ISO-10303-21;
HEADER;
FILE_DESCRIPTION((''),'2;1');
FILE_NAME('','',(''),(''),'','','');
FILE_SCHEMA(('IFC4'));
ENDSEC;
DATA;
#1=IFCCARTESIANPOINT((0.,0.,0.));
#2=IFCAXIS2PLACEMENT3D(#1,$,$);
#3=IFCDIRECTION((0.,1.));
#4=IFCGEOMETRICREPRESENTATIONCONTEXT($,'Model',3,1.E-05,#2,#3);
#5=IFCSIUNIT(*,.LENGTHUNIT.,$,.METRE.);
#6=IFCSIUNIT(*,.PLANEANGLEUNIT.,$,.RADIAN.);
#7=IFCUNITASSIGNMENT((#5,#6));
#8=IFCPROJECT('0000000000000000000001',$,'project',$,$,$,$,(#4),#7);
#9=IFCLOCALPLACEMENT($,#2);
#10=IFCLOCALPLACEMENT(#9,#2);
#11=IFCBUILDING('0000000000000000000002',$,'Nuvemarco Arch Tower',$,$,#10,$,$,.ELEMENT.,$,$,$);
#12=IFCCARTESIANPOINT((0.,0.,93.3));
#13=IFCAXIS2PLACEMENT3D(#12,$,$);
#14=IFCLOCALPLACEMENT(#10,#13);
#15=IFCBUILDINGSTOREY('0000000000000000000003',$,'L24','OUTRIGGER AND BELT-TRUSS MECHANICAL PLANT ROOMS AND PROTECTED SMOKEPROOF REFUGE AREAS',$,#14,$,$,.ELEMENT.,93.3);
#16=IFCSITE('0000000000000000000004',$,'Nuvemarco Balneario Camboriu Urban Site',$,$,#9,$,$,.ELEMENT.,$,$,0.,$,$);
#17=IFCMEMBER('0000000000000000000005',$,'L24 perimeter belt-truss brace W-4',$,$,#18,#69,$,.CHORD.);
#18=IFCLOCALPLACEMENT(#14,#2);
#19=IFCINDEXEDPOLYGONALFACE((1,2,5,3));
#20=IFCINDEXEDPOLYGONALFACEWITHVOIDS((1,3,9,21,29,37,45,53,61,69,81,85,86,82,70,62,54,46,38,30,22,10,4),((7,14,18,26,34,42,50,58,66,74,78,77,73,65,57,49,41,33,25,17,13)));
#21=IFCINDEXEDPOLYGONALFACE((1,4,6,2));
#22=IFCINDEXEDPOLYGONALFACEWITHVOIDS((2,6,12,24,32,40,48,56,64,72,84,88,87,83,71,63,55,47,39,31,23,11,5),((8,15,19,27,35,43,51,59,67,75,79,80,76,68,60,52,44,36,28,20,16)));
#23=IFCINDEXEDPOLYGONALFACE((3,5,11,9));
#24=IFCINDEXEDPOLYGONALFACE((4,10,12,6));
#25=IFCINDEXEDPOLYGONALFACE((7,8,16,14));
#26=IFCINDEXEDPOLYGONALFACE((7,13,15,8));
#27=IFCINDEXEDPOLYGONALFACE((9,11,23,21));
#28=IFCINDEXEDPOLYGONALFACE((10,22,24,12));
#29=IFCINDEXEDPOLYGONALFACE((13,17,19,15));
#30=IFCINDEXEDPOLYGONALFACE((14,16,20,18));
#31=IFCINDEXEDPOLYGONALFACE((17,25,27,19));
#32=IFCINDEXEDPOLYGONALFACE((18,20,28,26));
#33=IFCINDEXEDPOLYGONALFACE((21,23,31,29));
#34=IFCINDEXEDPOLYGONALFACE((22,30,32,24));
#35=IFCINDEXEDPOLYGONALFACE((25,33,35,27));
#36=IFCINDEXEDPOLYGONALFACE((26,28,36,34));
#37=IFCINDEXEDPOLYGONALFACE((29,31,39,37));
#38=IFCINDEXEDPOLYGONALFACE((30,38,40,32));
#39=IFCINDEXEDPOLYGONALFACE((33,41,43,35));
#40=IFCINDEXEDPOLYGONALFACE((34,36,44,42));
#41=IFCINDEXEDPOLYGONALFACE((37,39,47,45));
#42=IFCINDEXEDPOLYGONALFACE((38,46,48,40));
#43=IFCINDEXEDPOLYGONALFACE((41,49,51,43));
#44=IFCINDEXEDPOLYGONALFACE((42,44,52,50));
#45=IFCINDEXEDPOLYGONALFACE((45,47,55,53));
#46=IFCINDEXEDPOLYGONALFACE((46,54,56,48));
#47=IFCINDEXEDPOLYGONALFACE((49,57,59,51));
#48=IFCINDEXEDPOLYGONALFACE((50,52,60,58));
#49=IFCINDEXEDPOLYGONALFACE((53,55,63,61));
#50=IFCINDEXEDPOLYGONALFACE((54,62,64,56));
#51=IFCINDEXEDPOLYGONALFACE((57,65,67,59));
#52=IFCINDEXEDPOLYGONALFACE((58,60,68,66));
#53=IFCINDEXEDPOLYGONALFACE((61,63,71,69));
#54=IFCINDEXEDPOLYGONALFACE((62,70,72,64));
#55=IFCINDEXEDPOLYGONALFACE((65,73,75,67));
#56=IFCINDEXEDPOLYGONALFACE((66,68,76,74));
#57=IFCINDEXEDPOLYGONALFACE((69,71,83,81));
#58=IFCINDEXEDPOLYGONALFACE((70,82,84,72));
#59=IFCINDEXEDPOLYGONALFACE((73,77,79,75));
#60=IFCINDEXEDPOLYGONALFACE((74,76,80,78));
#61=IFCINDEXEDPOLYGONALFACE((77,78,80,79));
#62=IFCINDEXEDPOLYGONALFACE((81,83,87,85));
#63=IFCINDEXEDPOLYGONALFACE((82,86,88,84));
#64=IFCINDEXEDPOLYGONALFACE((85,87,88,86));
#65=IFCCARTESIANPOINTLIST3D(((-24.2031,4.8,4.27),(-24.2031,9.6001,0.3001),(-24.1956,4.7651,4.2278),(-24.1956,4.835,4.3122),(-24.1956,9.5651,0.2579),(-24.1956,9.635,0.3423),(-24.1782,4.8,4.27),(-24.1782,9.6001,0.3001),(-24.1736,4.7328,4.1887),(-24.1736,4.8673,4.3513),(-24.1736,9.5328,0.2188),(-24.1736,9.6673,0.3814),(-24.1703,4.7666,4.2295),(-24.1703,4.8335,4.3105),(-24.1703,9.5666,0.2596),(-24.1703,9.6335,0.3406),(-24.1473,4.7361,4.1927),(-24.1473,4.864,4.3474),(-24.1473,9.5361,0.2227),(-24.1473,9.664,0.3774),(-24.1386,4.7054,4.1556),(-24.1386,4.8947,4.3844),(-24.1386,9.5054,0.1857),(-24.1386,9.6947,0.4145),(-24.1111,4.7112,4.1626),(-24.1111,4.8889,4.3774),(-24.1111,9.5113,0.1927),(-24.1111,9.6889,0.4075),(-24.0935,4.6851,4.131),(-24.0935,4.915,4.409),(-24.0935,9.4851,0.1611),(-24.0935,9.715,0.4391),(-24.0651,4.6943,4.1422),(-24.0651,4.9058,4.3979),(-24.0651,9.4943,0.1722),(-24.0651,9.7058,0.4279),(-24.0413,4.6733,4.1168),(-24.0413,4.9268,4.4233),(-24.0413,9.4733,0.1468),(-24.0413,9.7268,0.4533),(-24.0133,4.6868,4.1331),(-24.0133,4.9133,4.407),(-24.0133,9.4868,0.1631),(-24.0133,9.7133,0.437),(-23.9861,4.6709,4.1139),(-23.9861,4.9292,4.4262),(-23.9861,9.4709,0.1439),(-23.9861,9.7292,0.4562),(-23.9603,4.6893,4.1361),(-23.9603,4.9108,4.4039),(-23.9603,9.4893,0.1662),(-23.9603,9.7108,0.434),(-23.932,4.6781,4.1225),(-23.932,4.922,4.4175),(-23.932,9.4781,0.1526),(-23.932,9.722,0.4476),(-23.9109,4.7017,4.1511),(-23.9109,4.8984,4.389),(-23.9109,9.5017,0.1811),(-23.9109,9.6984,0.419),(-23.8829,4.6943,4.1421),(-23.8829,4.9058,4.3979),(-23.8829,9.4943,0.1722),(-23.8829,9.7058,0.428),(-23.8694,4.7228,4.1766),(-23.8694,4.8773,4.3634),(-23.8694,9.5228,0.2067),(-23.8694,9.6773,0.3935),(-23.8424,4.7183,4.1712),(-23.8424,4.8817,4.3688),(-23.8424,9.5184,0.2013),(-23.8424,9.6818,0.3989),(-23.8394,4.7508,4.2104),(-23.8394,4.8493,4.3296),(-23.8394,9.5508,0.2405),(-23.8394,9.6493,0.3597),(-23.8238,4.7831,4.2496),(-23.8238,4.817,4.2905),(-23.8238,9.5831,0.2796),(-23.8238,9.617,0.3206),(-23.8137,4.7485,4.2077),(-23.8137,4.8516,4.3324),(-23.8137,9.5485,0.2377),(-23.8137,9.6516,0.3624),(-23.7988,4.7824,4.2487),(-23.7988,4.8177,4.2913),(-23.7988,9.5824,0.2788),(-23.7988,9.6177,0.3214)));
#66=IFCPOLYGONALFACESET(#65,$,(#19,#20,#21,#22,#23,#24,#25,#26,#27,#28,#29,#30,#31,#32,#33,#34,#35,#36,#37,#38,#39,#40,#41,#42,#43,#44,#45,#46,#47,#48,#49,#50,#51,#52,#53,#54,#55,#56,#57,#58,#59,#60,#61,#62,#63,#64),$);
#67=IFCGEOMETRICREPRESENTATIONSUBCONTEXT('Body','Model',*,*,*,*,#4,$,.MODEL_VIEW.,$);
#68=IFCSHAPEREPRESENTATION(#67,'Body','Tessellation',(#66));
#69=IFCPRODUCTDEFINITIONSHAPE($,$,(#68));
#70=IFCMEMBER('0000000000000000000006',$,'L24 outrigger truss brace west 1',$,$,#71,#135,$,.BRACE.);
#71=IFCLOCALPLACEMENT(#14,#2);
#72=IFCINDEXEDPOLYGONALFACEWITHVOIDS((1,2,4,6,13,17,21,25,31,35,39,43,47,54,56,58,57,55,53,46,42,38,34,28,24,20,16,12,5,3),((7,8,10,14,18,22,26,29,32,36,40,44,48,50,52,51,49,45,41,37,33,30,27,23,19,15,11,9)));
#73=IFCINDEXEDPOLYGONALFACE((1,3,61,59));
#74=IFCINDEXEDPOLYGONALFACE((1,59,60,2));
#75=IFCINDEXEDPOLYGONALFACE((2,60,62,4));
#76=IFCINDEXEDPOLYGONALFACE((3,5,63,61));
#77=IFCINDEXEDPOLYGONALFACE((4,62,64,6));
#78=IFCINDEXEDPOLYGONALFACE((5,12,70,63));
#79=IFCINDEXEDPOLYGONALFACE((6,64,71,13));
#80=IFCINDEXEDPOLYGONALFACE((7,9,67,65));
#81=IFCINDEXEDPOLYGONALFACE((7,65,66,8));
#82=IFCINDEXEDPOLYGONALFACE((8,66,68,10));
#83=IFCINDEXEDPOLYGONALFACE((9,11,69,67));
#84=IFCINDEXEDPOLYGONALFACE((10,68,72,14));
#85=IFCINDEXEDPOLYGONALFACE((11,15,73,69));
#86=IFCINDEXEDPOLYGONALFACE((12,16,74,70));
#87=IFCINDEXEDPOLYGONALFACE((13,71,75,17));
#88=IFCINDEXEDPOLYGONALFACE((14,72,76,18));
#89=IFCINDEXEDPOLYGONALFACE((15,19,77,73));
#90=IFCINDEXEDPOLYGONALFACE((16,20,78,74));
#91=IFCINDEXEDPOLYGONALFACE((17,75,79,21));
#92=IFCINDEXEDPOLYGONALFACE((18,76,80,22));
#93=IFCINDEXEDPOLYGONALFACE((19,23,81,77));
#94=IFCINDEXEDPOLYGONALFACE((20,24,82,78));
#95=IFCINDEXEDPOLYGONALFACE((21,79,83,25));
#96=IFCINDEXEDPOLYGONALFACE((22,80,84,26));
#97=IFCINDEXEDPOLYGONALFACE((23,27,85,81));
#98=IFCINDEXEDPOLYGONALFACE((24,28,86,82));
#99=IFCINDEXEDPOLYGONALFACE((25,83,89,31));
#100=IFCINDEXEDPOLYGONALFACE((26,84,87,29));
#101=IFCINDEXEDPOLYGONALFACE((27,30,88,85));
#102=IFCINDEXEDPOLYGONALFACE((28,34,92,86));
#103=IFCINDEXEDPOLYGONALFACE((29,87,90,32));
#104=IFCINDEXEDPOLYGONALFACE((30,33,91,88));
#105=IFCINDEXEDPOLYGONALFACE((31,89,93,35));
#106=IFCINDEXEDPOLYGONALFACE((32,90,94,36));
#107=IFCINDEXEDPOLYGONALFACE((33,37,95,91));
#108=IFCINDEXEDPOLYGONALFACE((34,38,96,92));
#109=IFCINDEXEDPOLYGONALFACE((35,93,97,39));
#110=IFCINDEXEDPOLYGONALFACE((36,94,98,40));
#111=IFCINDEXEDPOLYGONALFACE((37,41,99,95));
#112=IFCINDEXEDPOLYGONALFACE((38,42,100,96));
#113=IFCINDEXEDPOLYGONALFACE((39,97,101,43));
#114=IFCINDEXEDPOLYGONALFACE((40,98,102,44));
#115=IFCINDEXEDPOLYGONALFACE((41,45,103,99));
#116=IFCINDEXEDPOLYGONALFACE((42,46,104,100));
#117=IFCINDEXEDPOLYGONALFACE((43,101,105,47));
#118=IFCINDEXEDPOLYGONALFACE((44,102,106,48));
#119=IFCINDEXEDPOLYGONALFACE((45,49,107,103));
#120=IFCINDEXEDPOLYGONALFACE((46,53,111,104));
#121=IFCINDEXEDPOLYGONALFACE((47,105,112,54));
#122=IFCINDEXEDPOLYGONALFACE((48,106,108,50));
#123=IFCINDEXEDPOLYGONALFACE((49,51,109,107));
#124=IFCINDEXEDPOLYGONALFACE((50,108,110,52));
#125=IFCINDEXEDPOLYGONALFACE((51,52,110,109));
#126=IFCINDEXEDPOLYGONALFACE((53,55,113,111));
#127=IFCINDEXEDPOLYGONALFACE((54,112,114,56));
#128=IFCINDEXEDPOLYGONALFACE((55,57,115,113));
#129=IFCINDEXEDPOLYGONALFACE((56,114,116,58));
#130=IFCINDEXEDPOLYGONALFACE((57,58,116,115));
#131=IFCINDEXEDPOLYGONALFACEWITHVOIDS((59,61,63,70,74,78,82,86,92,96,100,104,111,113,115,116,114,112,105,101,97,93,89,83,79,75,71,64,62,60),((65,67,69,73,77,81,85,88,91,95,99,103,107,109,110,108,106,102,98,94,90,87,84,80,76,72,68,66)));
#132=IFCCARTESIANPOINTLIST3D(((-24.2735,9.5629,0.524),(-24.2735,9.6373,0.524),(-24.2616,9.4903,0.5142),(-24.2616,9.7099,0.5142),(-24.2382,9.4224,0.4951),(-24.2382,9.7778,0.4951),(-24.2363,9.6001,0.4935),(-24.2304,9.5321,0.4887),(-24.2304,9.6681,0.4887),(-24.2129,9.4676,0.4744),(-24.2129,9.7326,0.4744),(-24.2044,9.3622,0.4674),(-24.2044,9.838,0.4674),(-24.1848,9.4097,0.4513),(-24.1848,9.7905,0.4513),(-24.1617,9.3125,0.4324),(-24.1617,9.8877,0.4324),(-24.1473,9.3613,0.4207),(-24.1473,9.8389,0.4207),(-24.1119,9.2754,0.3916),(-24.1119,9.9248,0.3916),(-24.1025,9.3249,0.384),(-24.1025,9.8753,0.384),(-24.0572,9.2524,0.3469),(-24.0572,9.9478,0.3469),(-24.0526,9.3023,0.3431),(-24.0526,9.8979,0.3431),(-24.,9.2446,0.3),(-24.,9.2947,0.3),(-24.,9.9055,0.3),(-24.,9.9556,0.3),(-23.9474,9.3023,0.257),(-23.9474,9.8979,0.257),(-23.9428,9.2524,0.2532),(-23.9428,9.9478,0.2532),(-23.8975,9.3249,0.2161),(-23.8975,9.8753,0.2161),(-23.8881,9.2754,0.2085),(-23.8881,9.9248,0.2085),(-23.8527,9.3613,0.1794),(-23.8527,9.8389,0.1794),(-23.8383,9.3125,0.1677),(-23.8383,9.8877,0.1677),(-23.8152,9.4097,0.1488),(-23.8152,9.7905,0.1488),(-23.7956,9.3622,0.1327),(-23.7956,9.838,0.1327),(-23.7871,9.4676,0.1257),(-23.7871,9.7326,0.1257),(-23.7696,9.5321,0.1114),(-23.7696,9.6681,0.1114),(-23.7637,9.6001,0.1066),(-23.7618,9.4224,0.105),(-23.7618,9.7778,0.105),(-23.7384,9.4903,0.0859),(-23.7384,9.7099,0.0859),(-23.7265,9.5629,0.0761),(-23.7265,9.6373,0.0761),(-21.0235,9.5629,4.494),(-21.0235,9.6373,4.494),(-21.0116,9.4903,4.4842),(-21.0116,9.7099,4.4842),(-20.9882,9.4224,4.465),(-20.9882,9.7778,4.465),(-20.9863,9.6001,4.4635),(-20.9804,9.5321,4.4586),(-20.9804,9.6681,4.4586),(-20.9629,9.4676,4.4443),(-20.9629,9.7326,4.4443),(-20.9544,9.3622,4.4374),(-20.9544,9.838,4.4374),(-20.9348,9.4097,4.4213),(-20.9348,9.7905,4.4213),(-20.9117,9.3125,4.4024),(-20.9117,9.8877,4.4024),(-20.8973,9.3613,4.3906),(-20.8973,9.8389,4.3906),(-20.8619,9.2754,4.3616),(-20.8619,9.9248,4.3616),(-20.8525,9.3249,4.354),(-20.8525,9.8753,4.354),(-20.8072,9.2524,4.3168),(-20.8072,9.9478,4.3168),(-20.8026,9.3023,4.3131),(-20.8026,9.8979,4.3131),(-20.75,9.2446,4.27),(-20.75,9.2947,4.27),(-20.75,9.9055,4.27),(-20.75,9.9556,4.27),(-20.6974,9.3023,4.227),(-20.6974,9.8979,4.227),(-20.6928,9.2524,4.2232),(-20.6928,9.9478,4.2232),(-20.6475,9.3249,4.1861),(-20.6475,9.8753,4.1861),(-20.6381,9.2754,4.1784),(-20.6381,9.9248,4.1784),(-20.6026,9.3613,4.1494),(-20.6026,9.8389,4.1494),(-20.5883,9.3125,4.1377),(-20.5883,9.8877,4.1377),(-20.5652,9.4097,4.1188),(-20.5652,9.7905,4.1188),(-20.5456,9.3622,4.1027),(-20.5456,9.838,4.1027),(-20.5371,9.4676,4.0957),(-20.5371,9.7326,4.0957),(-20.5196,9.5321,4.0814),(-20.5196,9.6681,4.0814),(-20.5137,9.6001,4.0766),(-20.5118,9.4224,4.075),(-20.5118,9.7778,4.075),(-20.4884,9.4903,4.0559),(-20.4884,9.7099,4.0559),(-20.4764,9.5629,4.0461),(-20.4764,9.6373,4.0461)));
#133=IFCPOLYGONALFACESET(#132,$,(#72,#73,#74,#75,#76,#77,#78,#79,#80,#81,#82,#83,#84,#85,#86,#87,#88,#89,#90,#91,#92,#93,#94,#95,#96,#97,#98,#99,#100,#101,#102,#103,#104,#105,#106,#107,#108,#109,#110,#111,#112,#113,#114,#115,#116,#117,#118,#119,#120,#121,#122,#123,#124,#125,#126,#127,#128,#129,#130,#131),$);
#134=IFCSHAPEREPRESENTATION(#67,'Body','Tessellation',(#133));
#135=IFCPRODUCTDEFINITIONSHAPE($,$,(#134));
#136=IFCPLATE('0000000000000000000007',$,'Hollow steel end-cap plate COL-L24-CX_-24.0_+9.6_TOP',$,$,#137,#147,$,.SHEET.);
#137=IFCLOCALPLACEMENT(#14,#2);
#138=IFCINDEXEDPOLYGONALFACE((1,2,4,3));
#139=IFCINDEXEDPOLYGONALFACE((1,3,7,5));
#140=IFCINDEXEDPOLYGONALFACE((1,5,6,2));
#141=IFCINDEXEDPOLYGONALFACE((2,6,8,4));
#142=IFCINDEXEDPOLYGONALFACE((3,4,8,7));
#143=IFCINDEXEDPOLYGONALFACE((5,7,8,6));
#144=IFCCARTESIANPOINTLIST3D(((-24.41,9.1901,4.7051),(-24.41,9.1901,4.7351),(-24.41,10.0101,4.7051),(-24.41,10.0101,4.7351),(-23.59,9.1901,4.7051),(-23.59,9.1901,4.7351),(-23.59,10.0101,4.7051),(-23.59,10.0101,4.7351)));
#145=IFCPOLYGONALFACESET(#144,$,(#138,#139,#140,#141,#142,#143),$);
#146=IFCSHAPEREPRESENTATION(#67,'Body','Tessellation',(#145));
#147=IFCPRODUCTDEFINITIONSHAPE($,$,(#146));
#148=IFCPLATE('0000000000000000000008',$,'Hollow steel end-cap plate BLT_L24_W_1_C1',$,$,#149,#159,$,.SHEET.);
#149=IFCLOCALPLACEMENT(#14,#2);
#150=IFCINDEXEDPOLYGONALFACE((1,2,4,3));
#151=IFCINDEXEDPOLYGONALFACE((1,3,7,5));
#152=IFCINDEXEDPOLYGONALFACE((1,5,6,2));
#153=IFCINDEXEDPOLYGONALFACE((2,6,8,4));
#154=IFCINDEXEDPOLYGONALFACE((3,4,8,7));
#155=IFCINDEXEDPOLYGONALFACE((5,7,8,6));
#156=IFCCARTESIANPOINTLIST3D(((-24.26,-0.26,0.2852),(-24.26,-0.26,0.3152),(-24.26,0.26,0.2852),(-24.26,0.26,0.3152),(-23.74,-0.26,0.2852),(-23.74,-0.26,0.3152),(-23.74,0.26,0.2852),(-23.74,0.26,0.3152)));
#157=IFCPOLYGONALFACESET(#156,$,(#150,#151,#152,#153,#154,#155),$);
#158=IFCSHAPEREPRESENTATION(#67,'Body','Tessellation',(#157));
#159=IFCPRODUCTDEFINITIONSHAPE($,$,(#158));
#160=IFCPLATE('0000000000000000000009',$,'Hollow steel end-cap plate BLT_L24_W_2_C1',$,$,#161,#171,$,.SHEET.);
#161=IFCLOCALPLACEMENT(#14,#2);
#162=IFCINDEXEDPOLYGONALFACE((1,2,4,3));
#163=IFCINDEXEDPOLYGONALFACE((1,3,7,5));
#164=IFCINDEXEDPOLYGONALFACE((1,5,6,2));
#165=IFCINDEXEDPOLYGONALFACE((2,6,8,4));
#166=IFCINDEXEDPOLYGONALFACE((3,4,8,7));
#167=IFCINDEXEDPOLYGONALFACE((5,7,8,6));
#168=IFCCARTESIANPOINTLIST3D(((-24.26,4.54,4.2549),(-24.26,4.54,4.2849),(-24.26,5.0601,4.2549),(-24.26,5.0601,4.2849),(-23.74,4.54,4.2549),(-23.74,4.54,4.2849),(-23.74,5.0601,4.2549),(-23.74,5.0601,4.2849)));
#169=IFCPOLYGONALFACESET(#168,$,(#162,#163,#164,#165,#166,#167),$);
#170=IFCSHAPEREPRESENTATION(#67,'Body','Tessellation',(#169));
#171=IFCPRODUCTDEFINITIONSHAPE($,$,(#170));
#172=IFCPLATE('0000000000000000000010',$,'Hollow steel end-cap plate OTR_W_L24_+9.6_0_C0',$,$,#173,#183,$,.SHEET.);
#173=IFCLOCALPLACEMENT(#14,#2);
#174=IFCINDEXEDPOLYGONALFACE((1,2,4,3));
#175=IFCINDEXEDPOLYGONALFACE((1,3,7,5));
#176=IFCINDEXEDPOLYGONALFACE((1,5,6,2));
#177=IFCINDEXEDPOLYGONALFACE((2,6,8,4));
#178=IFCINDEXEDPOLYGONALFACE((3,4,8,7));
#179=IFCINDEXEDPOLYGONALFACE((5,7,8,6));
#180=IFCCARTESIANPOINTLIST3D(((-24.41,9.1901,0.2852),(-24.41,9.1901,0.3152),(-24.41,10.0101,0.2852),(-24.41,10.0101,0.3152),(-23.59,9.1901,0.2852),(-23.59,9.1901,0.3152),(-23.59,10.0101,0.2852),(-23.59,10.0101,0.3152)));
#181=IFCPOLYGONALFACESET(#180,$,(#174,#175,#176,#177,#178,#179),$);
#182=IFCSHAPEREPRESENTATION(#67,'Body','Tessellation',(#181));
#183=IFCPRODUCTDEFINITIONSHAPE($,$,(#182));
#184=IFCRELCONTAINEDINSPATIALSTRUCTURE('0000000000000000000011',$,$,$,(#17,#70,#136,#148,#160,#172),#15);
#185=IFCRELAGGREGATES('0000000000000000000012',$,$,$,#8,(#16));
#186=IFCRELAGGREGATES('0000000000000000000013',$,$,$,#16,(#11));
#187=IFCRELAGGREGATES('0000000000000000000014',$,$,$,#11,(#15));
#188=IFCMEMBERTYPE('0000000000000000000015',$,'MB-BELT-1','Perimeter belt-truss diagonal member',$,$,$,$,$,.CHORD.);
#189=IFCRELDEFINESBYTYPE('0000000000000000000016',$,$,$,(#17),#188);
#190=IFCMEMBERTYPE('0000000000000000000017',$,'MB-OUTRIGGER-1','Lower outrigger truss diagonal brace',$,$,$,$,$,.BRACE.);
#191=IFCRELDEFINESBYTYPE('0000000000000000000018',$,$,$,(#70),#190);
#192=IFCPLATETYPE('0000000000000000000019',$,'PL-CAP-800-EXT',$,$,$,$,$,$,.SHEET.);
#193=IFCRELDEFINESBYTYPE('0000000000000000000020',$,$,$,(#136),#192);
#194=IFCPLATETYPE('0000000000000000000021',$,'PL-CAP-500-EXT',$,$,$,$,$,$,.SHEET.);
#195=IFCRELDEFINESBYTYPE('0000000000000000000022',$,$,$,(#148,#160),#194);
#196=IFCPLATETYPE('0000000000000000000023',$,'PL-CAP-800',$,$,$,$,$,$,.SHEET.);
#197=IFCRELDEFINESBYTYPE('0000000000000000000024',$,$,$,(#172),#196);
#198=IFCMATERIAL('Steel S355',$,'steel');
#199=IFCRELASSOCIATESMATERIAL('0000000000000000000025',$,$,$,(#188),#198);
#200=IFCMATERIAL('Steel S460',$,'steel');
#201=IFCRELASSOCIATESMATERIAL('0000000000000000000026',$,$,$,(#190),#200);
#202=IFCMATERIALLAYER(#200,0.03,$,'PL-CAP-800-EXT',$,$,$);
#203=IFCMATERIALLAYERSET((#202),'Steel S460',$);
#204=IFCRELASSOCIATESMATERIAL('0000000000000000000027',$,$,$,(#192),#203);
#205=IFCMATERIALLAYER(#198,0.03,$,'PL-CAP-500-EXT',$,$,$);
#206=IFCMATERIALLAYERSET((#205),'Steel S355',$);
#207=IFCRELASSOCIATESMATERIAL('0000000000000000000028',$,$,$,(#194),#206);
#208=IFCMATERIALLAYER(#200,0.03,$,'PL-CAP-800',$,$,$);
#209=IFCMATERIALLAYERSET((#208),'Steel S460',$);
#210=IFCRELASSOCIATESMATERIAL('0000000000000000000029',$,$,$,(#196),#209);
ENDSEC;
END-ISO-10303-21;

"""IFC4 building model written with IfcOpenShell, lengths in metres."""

from ifc_helpers import new_model, si_unit, direction, frame, origin, origin_2d, place, context, subcontext, project, spatial, rectangle, hollow_circle, extrude, source, transform, mapped, material, layer, layer_set, material_profile, profile_set, type_object, type_shapes, element, save


model = new_model("IFC4")

# Units and contexts
model_context = context("Model", 3, precision=1e-05, world=origin(), true_north=direction((0.0, 1.0)))
body_context = subcontext(model_context, "Body", "Model", "MODEL_VIEW")
ifc_project = project(units=[si_unit("LENGTHUNIT", "METRE"), si_unit("PLANEANGLEUNIT", "RADIAN")], contexts=[model_context])

# Site, building, storey
site_placement = place(None, origin())
site = spatial("IfcSite", under=ifc_project, at=site_placement, Name="Nuvemarco Balneario Camboriu Urban Site", CompositionType="ELEMENT", RefElevation=0.0)
building_placement = place(site_placement, origin())
building = spatial("IfcBuilding", under=site, at=building_placement, Name="Nuvemarco Arch Tower", CompositionType="ELEMENT")
storey_placement = place(building_placement, frame((0.0, 0.0, 93.3)))
storey = spatial("IfcBuildingStorey", under=building, at=storey_placement, Name="L24", Description="OUTRIGGER AND BELT-TRUSS MECHANICAL PLANT ROOMS AND PROTECTED SMOKEPROOF REFUGE AREAS", CompositionType="ELEMENT", Elevation=93.3)

# Shared definitions
ifc_material_1 = material(Name="Steel S460", Category="steel")

# Shared definitions
ifc_material_2 = material(Name="Steel S355", Category="steel")

# Members
ifc_material_profile_1 = material_profile(ifc_material_2, hollow_circle(Radius=0.2031, WallThickness=0.0249, at=origin_2d()), Name="CHS406.4x25")
ifc_profile_set_1 = profile_set([ifc_material_profile_1], Name="Steel S355")
member_type_1 = type_object("IfcMemberType", Name="MB-BELT-1", Description="Perimeter belt-truss diagonal member", PredefinedType="CHORD", material=ifc_profile_set_1)
for number, where, z_axis, x_axis, name in (
    (1, (-24.0, 4.8, 4.27), (0.0, 0.77059, -0.637331), (-1.0, 0.0, 0.0), "L24 perimeter belt-truss brace W-4"),
):
    element("IfcMember", number, at=place(storey_placement, frame(where, z_axis=z_axis, x_axis=x_axis)), inside=storey, type_object=member_type_1, Name=name, PredefinedType="CHORD", context=body_context, shape_type="SweptSolid", body=[
        extrude(hollow_circle(Radius=0.2031, WallThickness=0.0249, at=origin_2d()), origin(), (0.0, 0.0, 1.0), 6.229),
    ])
ifc_material_profile_2 = material_profile(ifc_material_1, hollow_circle(Radius=0.3555, WallThickness=0.05, at=origin_2d()), Name="CHS711x50")
ifc_profile_set_2 = profile_set([ifc_material_profile_2], Name="Steel S460")
member_type_2 = type_object("IfcMemberType", Name="MB-OUTRIGGER-1", Description="Lower outrigger truss diagonal brace", PredefinedType="BRACE", material=ifc_profile_set_2)
member_placement = place(storey_placement, frame((-24.0, 9.6001, 0.3), z_axis=(0.633453, 0.0, 0.773781), x_axis=(0.0, 1.0, 0.0)))
element("IfcMember", 2, at=member_placement, inside=storey, type_object=member_type_2, Name="L24 outrigger truss brace west 1", PredefinedType="BRACE", context=body_context, shape_type="SweptSolid", body=[
    extrude(hollow_circle(Radius=0.3555, WallThickness=0.05, at=origin_2d()), origin(), (0.0, 0.0, 1.0), 5.1306),
])

# Plates
ifc_layer_1 = layer(ifc_material_1, 0.03, Name="PL-CAP-800-EXT")
ifc_layer_set_1 = layer_set([ifc_layer_1], Name="Steel S460")
plate_type_1 = type_object("IfcPlateType", Name="PL-CAP-800-EXT", PredefinedType="SHEET", material=ifc_layer_set_1)
shared_shape_1 = source(origin(), body_context, "Body", "SweptSolid", [
    extrude(rectangle(XDim=0.8201, YDim=0.8201, at=origin_2d()), origin(), (0.0, 0.0, 1.0), 0.03),
])
type_shapes(plate_type_1, [shared_shape_1])
plate_1_placement = place(storey_placement, frame((-24.0, 9.6001, 4.7051), z_axis=(0.0, 0.0, 1.0), x_axis=(1.0, 0.0, 0.0)))
element("IfcPlate", 3, at=plate_1_placement, inside=storey, type_object=plate_type_1, Name="Hollow steel end-cap plate COL-L24-CX_-24.0_+9.6_TOP", PredefinedType="SHEET", context=body_context, shape_type="MappedRepresentation", body=[
    mapped(shared_shape_1, transform((0.0, 0.0, 0.0), scale=1.0)),
])
ifc_layer_2 = layer(ifc_material_2, 0.03, Name="PL-CAP-500-EXT")
ifc_layer_set_2 = layer_set([ifc_layer_2], Name="Steel S355")
plate_type_2 = type_object("IfcPlateType", Name="PL-CAP-500-EXT", PredefinedType="SHEET", material=ifc_layer_set_2)
shared_shape_2 = source(origin(), body_context, "Body", "SweptSolid", [
    extrude(rectangle(XDim=0.52, YDim=0.52, at=origin_2d()), origin(), (0.0, 0.0, 1.0), 0.03),
])
type_shapes(plate_type_2, [shared_shape_2])
for number, where, z_axis, x_axis, name in (
    (4, (-24.0, 0.0, 0.2852), (0.0, 0.0, 1.0), (1.0, 0.0, 0.0), "Hollow steel end-cap plate BLT_L24_W_1_C1"),
    (5, (-24.0, 4.8, 4.2549), (0.0, 0.0, 1.0), (1.0, 0.0, 0.0), "Hollow steel end-cap plate BLT_L24_W_2_C1"),
):
    element("IfcPlate", number, at=place(storey_placement, frame(where, z_axis=z_axis, x_axis=x_axis)), inside=storey, type_object=plate_type_2, Name=name, PredefinedType="SHEET", context=body_context, shape_type="MappedRepresentation", body=[
        mapped(shared_shape_2, transform((0.0, 0.0, 0.0), scale=1.0)),
    ])
ifc_layer_3 = layer(ifc_material_1, 0.03, Name="PL-CAP-800")
ifc_layer_set_3 = layer_set([ifc_layer_3], Name="Steel S460")
plate_type_3 = type_object("IfcPlateType", Name="PL-CAP-800", PredefinedType="SHEET", material=ifc_layer_set_3)
shared_shape_3 = source(origin(), body_context, "Body", "SweptSolid", [
    extrude(rectangle(XDim=0.8201, YDim=0.8201, at=origin_2d()), origin(), (0.0, 0.0, 1.0), 0.03),
])
type_shapes(plate_type_3, [shared_shape_3])
plate_2_placement = place(storey_placement, frame((-24.0, 9.6001, 0.2852), z_axis=(0.0, 0.0, 1.0), x_axis=(1.0, 0.0, 0.0)))
element("IfcPlate", 6, at=plate_2_placement, inside=storey, type_object=plate_type_3, Name="Hollow steel end-cap plate OTR_W_L24_+9.6_0_C0", PredefinedType="SHEET", context=body_context, shape_type="MappedRepresentation", body=[
    mapped(shared_shape_3, transform((0.0, 0.0, 0.0), scale=1.0)),
])

save(model, "model.ifc")
